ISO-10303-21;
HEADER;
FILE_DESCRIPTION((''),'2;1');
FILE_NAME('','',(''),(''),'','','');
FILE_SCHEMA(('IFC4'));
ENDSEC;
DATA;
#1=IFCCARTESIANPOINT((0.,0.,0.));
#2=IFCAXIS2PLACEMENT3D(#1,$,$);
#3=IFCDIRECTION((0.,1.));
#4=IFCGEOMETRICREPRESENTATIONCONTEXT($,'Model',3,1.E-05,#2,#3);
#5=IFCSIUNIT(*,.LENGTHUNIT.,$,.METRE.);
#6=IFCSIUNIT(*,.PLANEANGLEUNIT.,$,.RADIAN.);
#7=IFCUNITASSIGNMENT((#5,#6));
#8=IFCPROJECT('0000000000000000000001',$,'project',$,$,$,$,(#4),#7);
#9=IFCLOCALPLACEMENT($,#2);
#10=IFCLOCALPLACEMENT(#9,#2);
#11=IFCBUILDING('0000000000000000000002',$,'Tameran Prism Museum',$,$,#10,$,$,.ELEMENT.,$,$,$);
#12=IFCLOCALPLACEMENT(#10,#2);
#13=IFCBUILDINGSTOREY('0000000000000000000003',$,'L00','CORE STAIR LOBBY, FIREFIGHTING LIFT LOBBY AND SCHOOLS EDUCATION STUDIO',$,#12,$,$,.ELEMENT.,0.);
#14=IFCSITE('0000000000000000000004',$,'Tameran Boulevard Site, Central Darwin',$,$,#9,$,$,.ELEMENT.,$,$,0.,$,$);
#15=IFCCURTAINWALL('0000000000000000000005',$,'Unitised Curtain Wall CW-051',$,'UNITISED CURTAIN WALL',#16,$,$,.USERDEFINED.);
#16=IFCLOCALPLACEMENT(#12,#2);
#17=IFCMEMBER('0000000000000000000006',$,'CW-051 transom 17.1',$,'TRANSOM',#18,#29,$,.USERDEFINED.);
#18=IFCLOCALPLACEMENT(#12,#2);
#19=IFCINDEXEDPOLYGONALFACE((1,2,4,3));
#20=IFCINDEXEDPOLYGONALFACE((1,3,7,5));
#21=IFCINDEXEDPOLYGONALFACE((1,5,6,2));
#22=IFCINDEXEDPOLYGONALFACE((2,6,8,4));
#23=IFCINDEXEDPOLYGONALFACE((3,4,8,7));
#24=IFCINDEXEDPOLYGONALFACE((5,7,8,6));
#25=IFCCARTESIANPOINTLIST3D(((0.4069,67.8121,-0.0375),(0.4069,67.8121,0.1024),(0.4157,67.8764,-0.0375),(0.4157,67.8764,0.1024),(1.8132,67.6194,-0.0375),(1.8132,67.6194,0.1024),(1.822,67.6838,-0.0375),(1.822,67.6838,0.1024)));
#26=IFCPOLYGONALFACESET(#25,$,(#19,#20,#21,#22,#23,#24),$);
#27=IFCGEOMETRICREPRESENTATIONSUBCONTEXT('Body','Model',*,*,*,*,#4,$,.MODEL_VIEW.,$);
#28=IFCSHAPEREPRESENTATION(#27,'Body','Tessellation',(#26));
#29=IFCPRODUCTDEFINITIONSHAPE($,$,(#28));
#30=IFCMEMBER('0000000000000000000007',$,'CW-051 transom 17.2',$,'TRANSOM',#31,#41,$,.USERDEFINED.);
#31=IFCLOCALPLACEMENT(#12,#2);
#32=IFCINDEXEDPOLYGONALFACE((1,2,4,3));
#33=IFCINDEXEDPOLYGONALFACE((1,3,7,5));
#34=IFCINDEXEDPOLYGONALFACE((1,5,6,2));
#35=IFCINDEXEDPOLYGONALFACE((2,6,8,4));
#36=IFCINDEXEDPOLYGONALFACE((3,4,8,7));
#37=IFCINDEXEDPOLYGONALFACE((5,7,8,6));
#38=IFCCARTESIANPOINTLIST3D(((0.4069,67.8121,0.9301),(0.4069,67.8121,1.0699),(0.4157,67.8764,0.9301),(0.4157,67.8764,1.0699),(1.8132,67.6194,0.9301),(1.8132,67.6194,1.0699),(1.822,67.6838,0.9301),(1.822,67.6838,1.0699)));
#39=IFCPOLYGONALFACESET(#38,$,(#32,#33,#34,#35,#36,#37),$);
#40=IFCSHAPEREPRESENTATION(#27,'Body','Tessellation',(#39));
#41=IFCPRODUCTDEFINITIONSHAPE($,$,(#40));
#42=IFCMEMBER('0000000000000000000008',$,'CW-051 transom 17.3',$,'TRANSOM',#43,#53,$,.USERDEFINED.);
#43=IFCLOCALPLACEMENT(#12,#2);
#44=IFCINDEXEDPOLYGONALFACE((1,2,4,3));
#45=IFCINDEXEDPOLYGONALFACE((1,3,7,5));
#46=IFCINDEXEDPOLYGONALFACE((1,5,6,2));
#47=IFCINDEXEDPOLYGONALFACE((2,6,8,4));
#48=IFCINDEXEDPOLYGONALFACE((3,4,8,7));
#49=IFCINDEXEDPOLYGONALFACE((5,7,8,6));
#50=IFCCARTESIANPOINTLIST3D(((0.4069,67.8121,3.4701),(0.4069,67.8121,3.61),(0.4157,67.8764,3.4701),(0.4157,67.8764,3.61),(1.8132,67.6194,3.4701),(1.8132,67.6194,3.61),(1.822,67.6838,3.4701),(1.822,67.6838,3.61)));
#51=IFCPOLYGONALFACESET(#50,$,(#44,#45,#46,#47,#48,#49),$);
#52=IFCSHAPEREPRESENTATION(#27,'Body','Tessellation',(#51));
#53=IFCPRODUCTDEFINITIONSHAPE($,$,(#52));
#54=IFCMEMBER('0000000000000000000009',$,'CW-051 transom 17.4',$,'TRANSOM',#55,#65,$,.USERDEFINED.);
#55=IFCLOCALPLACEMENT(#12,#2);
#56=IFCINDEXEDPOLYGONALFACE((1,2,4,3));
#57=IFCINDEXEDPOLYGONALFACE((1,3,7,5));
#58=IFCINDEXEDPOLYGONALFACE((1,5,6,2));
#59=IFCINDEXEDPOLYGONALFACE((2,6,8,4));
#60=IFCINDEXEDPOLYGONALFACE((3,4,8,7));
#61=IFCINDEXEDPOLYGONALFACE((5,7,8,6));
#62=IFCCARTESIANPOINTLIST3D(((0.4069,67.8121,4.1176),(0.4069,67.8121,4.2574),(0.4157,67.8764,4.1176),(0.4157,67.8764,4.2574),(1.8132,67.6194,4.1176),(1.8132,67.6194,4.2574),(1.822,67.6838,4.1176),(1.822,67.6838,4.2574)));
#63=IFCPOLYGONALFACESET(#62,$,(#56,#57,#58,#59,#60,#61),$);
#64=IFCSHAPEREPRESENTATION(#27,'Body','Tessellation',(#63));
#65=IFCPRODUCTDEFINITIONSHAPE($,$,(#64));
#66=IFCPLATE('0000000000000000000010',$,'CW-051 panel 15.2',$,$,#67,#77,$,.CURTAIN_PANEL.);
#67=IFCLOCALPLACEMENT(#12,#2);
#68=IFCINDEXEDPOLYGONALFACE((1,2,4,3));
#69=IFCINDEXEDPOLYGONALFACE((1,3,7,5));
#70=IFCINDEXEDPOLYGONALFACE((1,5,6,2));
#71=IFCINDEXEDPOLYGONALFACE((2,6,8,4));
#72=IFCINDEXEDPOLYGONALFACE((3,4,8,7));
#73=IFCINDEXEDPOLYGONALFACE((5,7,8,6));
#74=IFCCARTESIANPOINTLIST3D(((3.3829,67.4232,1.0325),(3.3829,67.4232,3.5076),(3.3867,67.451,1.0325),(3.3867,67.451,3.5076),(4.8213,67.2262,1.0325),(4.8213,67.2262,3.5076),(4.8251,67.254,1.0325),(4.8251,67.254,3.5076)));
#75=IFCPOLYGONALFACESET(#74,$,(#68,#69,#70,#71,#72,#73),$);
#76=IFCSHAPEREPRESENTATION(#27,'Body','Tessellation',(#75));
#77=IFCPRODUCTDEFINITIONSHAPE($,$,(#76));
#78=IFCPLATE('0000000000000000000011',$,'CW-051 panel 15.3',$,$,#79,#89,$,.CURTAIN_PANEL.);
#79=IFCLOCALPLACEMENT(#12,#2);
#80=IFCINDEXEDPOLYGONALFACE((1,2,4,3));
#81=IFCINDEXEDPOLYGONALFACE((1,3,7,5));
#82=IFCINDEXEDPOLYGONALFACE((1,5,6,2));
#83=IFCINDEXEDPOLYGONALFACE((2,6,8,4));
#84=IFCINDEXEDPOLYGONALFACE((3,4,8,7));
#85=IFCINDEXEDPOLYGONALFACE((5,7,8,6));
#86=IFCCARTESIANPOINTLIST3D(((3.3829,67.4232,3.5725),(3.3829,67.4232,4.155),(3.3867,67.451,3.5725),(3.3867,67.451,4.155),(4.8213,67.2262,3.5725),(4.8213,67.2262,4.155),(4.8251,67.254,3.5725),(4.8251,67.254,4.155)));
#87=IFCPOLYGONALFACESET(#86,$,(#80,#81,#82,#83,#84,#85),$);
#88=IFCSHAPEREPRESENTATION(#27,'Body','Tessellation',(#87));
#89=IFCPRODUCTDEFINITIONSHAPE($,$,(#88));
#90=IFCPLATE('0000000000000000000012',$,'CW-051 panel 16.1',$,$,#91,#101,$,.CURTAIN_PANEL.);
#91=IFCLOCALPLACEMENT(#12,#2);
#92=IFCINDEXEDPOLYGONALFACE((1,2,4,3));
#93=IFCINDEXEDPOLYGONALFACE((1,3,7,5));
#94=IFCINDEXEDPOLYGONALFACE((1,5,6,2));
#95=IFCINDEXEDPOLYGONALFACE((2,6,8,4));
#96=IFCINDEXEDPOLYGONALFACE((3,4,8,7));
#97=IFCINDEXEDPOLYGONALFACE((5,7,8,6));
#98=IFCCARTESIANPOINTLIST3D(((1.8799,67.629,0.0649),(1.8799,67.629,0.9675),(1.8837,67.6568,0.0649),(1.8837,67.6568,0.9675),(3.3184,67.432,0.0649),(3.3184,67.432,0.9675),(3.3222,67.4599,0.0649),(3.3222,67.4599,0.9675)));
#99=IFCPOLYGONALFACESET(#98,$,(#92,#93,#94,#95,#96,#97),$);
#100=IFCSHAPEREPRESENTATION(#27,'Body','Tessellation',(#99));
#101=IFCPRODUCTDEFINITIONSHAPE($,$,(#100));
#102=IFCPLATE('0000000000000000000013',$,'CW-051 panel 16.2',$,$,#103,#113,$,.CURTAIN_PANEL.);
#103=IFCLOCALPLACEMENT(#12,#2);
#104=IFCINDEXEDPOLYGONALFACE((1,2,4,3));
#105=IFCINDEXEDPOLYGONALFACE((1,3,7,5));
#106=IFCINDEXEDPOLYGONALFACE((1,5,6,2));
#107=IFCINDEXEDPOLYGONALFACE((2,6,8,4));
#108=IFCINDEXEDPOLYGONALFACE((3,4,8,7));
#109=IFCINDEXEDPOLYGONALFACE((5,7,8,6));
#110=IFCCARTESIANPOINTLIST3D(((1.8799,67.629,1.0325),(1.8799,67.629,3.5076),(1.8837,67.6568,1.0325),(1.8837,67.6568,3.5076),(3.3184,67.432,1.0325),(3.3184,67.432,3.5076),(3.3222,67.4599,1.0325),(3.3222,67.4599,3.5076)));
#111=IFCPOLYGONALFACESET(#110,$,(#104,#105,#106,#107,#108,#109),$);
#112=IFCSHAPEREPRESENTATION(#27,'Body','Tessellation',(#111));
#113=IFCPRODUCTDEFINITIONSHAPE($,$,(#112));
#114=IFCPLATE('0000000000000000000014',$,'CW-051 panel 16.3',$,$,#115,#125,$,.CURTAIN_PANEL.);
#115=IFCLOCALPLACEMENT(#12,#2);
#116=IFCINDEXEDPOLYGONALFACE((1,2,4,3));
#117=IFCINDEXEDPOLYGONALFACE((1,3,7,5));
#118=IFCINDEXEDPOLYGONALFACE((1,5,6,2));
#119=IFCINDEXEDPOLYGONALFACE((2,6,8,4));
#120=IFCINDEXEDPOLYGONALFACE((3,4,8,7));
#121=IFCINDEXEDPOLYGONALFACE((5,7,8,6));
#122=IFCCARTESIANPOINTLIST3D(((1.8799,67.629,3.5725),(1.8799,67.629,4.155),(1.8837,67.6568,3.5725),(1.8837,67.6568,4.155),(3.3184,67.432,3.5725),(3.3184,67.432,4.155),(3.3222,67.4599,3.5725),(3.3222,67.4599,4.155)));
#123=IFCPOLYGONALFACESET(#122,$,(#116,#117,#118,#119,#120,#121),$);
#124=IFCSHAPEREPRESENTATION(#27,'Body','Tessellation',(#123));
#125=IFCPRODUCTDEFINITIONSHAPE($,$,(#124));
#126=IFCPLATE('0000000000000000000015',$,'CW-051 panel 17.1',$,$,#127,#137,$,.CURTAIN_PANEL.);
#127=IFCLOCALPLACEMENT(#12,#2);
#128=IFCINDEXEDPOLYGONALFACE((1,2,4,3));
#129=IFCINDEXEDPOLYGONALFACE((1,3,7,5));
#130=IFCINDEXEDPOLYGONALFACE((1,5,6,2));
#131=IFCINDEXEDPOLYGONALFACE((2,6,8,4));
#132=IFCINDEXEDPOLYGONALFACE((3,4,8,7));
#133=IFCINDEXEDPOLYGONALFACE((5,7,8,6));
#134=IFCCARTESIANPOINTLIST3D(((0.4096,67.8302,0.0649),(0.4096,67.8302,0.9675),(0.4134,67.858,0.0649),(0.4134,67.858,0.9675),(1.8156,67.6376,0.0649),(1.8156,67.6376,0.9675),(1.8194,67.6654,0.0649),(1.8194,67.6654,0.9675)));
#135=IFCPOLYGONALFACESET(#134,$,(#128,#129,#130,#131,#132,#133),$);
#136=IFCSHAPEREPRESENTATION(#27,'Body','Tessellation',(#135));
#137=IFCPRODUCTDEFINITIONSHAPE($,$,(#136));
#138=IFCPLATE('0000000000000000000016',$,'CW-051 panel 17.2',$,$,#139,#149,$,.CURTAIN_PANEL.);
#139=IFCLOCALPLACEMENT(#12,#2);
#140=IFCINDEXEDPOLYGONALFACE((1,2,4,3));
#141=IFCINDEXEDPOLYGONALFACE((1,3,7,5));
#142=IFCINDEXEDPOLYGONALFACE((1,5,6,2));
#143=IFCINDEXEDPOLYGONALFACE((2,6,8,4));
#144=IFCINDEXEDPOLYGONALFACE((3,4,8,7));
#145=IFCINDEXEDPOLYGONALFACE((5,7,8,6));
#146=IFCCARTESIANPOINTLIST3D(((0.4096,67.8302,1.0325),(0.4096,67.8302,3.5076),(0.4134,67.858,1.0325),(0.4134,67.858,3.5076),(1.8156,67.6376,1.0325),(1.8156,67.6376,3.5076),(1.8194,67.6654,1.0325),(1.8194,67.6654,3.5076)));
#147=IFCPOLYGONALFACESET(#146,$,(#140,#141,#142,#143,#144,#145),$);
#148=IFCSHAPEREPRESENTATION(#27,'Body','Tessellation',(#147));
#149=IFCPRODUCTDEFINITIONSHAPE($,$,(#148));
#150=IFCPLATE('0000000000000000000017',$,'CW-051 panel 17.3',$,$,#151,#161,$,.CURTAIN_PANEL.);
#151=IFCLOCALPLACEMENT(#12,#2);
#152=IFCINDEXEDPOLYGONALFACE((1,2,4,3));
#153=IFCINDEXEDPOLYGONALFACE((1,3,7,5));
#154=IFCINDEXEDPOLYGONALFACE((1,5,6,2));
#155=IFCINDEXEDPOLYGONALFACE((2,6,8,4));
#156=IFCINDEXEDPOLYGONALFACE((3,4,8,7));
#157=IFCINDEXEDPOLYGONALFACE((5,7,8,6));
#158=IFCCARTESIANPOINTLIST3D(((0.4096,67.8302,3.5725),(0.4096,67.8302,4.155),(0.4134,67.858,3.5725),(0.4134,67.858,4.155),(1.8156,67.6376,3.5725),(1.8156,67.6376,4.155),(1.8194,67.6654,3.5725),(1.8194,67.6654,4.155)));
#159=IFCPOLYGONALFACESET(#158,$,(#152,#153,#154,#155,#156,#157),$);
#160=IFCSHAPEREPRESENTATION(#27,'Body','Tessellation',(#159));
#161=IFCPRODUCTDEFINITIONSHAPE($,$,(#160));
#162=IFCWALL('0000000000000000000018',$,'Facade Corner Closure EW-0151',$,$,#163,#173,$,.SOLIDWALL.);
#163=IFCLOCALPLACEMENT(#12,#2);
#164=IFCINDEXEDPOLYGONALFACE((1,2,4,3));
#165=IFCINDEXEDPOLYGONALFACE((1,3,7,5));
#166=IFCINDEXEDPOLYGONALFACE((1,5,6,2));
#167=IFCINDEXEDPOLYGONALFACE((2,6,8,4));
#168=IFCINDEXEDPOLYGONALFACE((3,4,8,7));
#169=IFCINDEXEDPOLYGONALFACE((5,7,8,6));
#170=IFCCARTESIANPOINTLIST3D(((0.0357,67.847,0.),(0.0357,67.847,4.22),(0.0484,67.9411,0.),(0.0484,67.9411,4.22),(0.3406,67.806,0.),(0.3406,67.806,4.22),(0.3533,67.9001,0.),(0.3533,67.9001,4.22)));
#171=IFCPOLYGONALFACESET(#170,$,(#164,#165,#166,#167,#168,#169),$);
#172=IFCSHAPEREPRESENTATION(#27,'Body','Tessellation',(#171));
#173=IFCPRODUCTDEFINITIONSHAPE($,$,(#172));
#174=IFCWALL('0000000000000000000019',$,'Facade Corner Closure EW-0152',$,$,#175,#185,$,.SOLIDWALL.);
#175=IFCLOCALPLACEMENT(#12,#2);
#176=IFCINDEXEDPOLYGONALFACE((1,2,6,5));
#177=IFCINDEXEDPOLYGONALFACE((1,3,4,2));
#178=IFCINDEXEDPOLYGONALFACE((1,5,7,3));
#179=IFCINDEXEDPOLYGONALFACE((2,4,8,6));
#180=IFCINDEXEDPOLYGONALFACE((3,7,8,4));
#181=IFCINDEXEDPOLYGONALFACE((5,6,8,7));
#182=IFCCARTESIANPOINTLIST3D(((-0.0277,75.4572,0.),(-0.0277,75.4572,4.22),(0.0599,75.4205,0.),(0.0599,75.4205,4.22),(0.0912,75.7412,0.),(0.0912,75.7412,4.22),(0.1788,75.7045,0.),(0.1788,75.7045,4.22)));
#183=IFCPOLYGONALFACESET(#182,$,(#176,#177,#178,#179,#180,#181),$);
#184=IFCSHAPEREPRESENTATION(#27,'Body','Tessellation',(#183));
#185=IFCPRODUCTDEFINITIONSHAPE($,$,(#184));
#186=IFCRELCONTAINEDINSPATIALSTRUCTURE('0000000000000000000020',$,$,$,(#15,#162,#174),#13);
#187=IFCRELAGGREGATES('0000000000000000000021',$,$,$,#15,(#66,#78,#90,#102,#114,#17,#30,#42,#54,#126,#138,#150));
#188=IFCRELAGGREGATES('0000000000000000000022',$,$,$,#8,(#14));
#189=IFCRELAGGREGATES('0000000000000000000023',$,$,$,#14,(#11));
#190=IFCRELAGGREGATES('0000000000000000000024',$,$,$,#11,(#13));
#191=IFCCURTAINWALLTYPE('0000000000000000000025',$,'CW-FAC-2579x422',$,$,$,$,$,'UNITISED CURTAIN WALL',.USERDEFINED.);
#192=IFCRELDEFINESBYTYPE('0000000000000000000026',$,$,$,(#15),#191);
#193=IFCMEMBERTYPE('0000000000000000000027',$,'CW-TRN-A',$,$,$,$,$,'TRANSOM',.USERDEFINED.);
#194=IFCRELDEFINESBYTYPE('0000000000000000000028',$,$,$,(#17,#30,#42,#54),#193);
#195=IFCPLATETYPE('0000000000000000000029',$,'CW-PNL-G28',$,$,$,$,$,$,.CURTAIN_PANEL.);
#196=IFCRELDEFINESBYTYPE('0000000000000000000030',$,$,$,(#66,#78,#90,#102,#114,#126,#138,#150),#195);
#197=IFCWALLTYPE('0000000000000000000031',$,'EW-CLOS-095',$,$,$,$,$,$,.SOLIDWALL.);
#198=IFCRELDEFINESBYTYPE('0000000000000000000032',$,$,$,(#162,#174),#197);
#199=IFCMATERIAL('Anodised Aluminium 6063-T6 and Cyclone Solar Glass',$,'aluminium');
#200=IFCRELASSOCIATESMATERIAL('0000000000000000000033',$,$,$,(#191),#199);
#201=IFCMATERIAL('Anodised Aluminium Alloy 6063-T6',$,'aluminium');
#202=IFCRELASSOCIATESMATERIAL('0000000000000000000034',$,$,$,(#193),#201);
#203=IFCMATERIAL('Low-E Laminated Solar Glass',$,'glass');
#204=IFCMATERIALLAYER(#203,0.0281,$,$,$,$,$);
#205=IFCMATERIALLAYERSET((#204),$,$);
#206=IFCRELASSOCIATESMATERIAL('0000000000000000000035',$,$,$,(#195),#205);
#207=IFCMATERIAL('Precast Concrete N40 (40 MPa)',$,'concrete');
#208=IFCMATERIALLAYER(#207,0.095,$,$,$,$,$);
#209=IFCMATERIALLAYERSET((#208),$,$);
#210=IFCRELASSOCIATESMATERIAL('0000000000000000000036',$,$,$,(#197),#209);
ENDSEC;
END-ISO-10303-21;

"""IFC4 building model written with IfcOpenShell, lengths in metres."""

from ifc_helpers import new_model, si_unit, direction, frame, frame_2d, origin, origin_2d, place, context, subcontext, project, spatial, rectangle, extrude, material, layer, layer_set, material_profile, profile_set, type_object, element, aggregate, save


model = new_model("IFC4")

# Units and contexts
model_context = context("Model", 3, precision=1e-05, world=origin(), true_north=direction((0.0, 1.0)))
body_context = subcontext(model_context, "Body", "Model", "MODEL_VIEW")
ifc_project = project(units=[si_unit("LENGTHUNIT", "METRE"), si_unit("PLANEANGLEUNIT", "RADIAN")], contexts=[model_context])

# Site, building, storey
site_placement = place(None, origin())
site = spatial("IfcSite", under=ifc_project, at=site_placement, Name="Tameran Boulevard Site, Central Darwin", CompositionType="ELEMENT", RefElevation=0.0)
building_placement = place(site_placement, origin())
building = spatial("IfcBuilding", under=site, at=building_placement, Name="Tameran Prism Museum", CompositionType="ELEMENT")
storey_placement = place(building_placement, origin())
storey = spatial("IfcBuildingStorey", under=building, at=storey_placement, Name="L00", Description="CORE STAIR LOBBY, FIREFIGHTING LIFT LOBBY AND SCHOOLS EDUCATION STUDIO", CompositionType="ELEMENT", Elevation=0.0)

# Curtain wall, members, plates
ifc_material_1 = material(Name="Anodised Aluminium 6063-T6 and Cyclone Solar Glass", Category="aluminium")
curtain_wall_type = type_object("IfcCurtainWallType", Name="CW-FAC-2579x422", ElementType="UNITISED CURTAIN WALL", PredefinedType="USERDEFINED", material=ifc_material_1)
curtain_wall_placement = place(storey_placement, origin())
curtain_wall = element("IfcCurtainWall", 1, at=curtain_wall_placement, inside=storey, type_object=curtain_wall_type, Name="Unitised Curtain Wall CW-051", ObjectType="UNITISED CURTAIN WALL", PredefinedType="USERDEFINED")
ifc_material_2 = material(Name="Anodised Aluminium Alloy 6063-T6", Category="aluminium")
ifc_material_profile_1 = material_profile(ifc_material_2, rectangle(XDim=0.0649, YDim=0.1399, at=origin_2d()))
ifc_profile_set_1 = profile_set([ifc_material_profile_1])
member_type_1 = type_object("IfcMemberType", Name="CW-TRN-A", ElementType="TRANSOM", PredefinedType="USERDEFINED", material=ifc_profile_set_1)
member_1_placement = place(storey_placement, frame((1.8176, 67.6516, 0.0325), z_axis=(-0.990748, 0.135712, 0.0), x_axis=(-0.135712, -0.990748, 0.0)))
member_1 = element("IfcMember", 2, at=member_1_placement, type_object=member_type_1, Name="CW-051 transom 17.1", ObjectType="TRANSOM", PredefinedType="USERDEFINED", context=body_context, shape_type="SweptSolid", body=[
    extrude(rectangle(XDim=0.0649, YDim=0.1399, at=origin_2d()), origin(), (0.0, 0.0, 1.0), 1.4194),
])
member_2_placement = place(storey_placement, frame((1.8176, 67.6516, 1.0), z_axis=(-0.990748, 0.135712, 0.0), x_axis=(-0.135712, -0.990748, 0.0)))
member_2 = element("IfcMember", 3, at=member_2_placement, type_object=member_type_1, Name="CW-051 transom 17.2", ObjectType="TRANSOM", PredefinedType="USERDEFINED", context=body_context, shape_type="SweptSolid", body=[
    extrude(rectangle(XDim=0.0649, YDim=0.1399, at=origin_2d()), origin(), (0.0, 0.0, 1.0), 1.4194),
])
member_3_placement = place(storey_placement, frame((1.8176, 67.6516, 3.54), z_axis=(-0.990748, 0.135712, 0.0), x_axis=(-0.135712, -0.990748, 0.0)))
member_3 = element("IfcMember", 4, at=member_3_placement, type_object=member_type_1, Name="CW-051 transom 17.3", ObjectType="TRANSOM", PredefinedType="USERDEFINED", context=body_context, shape_type="SweptSolid", body=[
    extrude(rectangle(XDim=0.0649, YDim=0.1399, at=origin_2d()), origin(), (0.0, 0.0, 1.0), 1.4194),
])
member_4_placement = place(storey_placement, frame((1.8176, 67.6516, 4.1875), z_axis=(-0.990748, 0.135712, 0.0), x_axis=(-0.135712, -0.990748, 0.0)))
member_4 = element("IfcMember", 5, at=member_4_placement, type_object=member_type_1, Name="CW-051 transom 17.4", ObjectType="TRANSOM", PredefinedType="USERDEFINED", context=body_context, shape_type="SweptSolid", body=[
    extrude(rectangle(XDim=0.0649, YDim=0.1399, at=origin_2d()), origin(), (0.0, 0.0, 1.0), 1.4194),
])
ifc_material_3 = material(Name="Low-E Laminated Solar Glass", Category="glass")
ifc_layer_1 = layer(ifc_material_3, 0.0281)
ifc_layer_set_1 = layer_set([ifc_layer_1])
plate_type = type_object("IfcPlateType", Name="CW-PNL-G28", PredefinedType="CURTAIN_PANEL", material=ifc_layer_set_1)
plate_1_placement = place(storey_placement, frame((4.104, 67.3386, 1.0325), z_axis=(0.0, 0.0, 1.0), x_axis=(-0.990756, 0.135658, 0.0)))
plate_1 = element("IfcPlate", 6, at=plate_1_placement, type_object=plate_type, Name="CW-051 panel 15.2", PredefinedType="CURTAIN_PANEL", context=body_context, shape_type="SweptSolid", body=[
    extrude(rectangle(XDim=1.4519, YDim=0.0281, at=origin_2d()), origin(), (0.0, 0.0, 1.0), 2.4751),
])
plate_2_placement = place(storey_placement, frame((4.104, 67.3386, 3.5725), z_axis=(0.0, 0.0, 1.0), x_axis=(-0.990756, 0.135658, 0.0)))
plate_2 = element("IfcPlate", 7, at=plate_2_placement, type_object=plate_type, Name="CW-051 panel 15.3", PredefinedType="CURTAIN_PANEL", context=body_context, shape_type="SweptSolid", body=[
    extrude(rectangle(XDim=1.4519, YDim=0.0281, at=origin_2d()), origin(), (0.0, 0.0, 1.0), 0.5825),
])
plate_3_placement = place(storey_placement, frame((2.6011, 67.5444, 0.0649), z_axis=(0.0, 0.0, 1.0), x_axis=(-0.990756, 0.135658, 0.0)))
plate_3 = element("IfcPlate", 8, at=plate_3_placement, type_object=plate_type, Name="CW-051 panel 16.1", PredefinedType="CURTAIN_PANEL", context=body_context, shape_type="SweptSolid", body=[
    extrude(rectangle(XDim=1.4519, YDim=0.0281, at=origin_2d()), origin(), (0.0, 0.0, 1.0), 0.9026),
])
plate_4_placement = place(storey_placement, frame((2.6011, 67.5444, 1.0325), z_axis=(0.0, 0.0, 1.0), x_axis=(-0.990756, 0.135658, 0.0)))
plate_4 = element("IfcPlate", 9, at=plate_4_placement, type_object=plate_type, Name="CW-051 panel 16.2", PredefinedType="CURTAIN_PANEL", context=body_context, shape_type="SweptSolid", body=[
    extrude(rectangle(XDim=1.4519, YDim=0.0281, at=origin_2d()), origin(), (0.0, 0.0, 1.0), 2.4751),
])
plate_5_placement = place(storey_placement, frame((2.6011, 67.5444, 3.5725), z_axis=(0.0, 0.0, 1.0), x_axis=(-0.990756, 0.135658, 0.0)))
plate_5 = element("IfcPlate", 10, at=plate_5_placement, type_object=plate_type, Name="CW-051 panel 16.3", PredefinedType="CURTAIN_PANEL", context=body_context, shape_type="SweptSolid", body=[
    extrude(rectangle(XDim=1.4519, YDim=0.0281, at=origin_2d()), origin(), (0.0, 0.0, 1.0), 0.5825),
])
plate_6_placement = place(storey_placement, frame((1.1145, 67.7478, 0.0649), z_axis=(0.0, 0.0, 1.0), x_axis=(-0.990756, 0.135658, 0.0)))
plate_6 = element("IfcPlate", 11, at=plate_6_placement, type_object=plate_type, Name="CW-051 panel 17.1", PredefinedType="CURTAIN_PANEL", context=body_context, shape_type="SweptSolid", body=[
    extrude(rectangle(XDim=1.4192, YDim=0.0281, at=origin_2d()), origin(), (0.0, 0.0, 1.0), 0.9026),
])
plate_7_placement = place(storey_placement, frame((1.1145, 67.7478, 1.0325), z_axis=(0.0, 0.0, 1.0), x_axis=(-0.990756, 0.135658, 0.0)))
plate_7 = element("IfcPlate", 12, at=plate_7_placement, type_object=plate_type, Name="CW-051 panel 17.2", PredefinedType="CURTAIN_PANEL", context=body_context, shape_type="SweptSolid", body=[
    extrude(rectangle(XDim=1.4192, YDim=0.0281, at=origin_2d()), origin(), (0.0, 0.0, 1.0), 2.4751),
])
plate_8_placement = place(storey_placement, frame((1.1145, 67.7478, 3.5725), z_axis=(0.0, 0.0, 1.0), x_axis=(-0.990756, 0.135658, 0.0)))
plate_8 = element("IfcPlate", 13, at=plate_8_placement, type_object=plate_type, Name="CW-051 panel 17.3", PredefinedType="CURTAIN_PANEL", context=body_context, shape_type="SweptSolid", body=[
    extrude(rectangle(XDim=1.4192, YDim=0.0281, at=origin_2d()), origin(), (0.0, 0.0, 1.0), 0.5825),
])
aggregate(curtain_wall, [plate_1, plate_2, plate_3, plate_4, plate_5, member_1, member_2, member_3, member_4, plate_6, plate_7, plate_8])

# Walls
ifc_material_4 = material(Name="Precast Concrete N40 (40 MPa)", Category="concrete")
ifc_layer_2 = layer(ifc_material_4, 0.095)
ifc_layer_set_2 = layer_set([ifc_layer_2])
wall_type_1 = type_object("IfcWallType", Name="EW-CLOS-095", PredefinedType="SOLIDWALL", material=ifc_layer_set_2)
wall_1_placement = place(storey_placement, frame((0.3469, 67.853, 0.0), z_axis=(0.0, 0.0, 1.0), x_axis=(-0.991075, 0.133307, 0.0)))
element("IfcWall", 14, at=wall_1_placement, inside=storey, type_object=wall_type_1, Name="Facade Corner Closure EW-0151", PredefinedType="SOLIDWALL", context=body_context, shape_type="SweptSolid", body=[
    extrude(rectangle(XDim=0.3076, YDim=0.095, at=frame_2d((0.1538, 0.0))), origin(), (0.0, 0.0, 1.0), 4.22),
])
wall_2_placement = place(storey_placement, frame((0.0161, 75.439, 0.0), z_axis=(0.0, 0.0, 1.0), x_axis=(0.386248, 0.922395, 0.0)))
element("IfcWall", 15, at=wall_2_placement, inside=storey, type_object=wall_type_1, Name="Facade Corner Closure EW-0152", PredefinedType="SOLIDWALL", context=body_context, shape_type="SweptSolid", body=[
    extrude(rectangle(XDim=0.3079, YDim=0.095, at=frame_2d((0.1538, 0.0))), origin(), (0.0, 0.0, 1.0), 4.22),
])

save(model, "model.ifc")
